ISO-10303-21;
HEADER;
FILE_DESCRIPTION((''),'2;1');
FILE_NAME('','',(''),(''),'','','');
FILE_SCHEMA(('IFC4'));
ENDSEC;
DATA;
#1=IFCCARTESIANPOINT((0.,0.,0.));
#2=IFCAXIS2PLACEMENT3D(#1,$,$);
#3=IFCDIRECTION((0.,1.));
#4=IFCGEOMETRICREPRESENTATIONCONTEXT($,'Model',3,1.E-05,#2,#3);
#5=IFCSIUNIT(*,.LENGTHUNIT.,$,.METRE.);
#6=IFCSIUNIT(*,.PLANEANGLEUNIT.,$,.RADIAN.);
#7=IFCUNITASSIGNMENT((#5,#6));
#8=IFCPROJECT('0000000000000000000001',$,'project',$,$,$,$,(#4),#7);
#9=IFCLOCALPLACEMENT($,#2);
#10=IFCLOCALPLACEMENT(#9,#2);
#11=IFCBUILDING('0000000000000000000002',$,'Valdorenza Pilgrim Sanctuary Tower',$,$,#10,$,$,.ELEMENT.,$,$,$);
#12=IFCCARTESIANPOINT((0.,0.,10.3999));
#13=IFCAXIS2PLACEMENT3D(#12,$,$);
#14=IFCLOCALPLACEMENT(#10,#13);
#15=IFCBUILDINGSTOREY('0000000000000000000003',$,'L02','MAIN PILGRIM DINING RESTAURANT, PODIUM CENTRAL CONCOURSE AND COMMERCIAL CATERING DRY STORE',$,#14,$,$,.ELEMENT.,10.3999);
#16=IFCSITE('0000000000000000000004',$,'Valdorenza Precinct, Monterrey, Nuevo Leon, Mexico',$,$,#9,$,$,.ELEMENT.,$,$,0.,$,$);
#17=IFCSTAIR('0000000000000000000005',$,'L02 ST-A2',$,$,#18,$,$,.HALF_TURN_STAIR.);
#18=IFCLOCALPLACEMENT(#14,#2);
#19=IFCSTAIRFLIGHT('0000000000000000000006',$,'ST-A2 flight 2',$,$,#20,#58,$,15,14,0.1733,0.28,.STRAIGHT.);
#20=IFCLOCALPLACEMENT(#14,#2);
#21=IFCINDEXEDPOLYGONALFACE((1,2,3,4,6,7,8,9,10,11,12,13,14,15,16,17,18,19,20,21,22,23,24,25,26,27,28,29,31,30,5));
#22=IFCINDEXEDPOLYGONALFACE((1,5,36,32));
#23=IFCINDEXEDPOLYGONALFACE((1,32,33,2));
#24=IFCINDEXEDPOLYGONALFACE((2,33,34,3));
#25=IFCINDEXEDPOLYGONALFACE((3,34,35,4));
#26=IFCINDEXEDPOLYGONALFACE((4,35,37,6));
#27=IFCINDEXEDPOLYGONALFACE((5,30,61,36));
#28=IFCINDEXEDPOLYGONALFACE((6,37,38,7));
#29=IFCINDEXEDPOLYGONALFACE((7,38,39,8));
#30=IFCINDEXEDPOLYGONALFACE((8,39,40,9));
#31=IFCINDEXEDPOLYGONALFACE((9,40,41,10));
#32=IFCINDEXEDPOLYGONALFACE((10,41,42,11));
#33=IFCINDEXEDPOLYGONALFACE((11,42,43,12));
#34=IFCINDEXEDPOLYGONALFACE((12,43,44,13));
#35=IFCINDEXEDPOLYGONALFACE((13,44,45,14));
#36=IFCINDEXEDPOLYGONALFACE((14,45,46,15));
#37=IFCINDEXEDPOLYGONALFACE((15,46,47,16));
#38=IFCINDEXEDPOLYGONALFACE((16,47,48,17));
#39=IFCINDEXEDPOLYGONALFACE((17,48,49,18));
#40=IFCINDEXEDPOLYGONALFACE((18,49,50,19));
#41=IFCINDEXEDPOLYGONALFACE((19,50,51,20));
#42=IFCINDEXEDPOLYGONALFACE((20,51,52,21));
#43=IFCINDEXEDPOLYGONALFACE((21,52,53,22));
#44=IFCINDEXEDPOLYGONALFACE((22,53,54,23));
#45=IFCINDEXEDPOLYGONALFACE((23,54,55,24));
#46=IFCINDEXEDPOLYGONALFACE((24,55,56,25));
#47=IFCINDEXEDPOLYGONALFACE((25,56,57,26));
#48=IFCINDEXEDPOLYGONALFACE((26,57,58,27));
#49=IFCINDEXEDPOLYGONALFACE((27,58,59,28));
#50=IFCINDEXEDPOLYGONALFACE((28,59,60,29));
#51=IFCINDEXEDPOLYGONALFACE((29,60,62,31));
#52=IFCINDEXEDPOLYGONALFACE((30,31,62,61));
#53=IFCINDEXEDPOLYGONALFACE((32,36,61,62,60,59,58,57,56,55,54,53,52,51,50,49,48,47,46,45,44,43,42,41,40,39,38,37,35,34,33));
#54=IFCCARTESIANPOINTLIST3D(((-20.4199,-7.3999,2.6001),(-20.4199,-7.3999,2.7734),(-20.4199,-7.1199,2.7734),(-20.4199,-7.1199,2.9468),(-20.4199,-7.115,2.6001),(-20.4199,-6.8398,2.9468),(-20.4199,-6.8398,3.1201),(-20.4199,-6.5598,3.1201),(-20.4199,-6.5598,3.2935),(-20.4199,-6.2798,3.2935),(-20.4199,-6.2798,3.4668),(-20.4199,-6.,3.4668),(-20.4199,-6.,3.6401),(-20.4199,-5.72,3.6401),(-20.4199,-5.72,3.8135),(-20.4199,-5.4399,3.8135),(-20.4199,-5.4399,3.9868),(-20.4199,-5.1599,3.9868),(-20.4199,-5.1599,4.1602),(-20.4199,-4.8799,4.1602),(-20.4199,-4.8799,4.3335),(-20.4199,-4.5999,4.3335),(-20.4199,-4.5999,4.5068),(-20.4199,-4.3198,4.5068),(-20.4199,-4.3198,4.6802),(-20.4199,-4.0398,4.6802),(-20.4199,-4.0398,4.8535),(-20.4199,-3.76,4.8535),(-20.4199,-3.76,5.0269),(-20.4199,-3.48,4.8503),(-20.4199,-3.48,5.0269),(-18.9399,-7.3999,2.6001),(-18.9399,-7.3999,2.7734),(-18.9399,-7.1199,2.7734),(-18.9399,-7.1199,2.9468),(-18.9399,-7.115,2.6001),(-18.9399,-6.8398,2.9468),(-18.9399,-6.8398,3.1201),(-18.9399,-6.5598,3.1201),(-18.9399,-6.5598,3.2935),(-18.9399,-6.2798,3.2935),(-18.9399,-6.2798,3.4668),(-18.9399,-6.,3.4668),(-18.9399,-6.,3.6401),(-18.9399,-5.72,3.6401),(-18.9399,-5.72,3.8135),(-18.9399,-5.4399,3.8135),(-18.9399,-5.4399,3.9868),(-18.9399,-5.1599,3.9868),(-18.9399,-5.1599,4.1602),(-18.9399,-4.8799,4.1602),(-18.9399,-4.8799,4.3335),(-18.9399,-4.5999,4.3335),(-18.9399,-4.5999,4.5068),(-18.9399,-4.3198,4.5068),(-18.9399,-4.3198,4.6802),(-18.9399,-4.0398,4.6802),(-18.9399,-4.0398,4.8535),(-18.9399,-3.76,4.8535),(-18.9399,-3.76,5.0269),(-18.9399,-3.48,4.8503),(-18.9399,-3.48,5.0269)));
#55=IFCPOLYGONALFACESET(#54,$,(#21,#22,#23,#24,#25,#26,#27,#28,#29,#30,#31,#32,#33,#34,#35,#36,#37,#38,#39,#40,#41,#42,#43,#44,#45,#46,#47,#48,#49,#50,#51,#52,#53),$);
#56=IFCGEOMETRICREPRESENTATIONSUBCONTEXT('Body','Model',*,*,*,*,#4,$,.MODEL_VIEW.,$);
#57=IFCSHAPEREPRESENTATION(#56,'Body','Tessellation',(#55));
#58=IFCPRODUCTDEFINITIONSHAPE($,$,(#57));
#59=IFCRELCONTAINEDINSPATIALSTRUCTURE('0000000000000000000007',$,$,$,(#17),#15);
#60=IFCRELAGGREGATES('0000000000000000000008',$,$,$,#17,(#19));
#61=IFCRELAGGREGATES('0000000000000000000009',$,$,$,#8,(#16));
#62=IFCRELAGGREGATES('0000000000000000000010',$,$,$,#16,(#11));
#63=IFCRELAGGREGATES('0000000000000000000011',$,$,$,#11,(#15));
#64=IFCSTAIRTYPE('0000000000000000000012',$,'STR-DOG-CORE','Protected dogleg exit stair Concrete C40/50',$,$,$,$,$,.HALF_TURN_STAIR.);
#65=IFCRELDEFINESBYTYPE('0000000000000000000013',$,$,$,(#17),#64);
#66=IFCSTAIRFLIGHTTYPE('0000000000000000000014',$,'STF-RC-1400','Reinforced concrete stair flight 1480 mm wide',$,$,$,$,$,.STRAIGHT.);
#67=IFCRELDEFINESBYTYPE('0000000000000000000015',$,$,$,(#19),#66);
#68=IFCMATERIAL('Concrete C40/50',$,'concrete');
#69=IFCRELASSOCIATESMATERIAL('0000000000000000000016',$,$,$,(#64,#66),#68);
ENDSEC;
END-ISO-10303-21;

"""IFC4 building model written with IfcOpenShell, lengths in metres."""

from ifc_helpers import new_model, si_unit, direction, frame, origin, place, context, subcontext, project, spatial, polyline, outline, extrude, material, type_object, element, aggregate, save


model = new_model("IFC4")

# Units and contexts
model_context = context("Model", 3, precision=1e-05, world=origin(), true_north=direction((0.0, 1.0)))
body_context = subcontext(model_context, "Body", "Model", "MODEL_VIEW")
ifc_project = project(units=[si_unit("LENGTHUNIT", "METRE"), si_unit("PLANEANGLEUNIT", "RADIAN")], contexts=[model_context])

# Site, building, storey
site_placement = place(None, origin())
site = spatial("IfcSite", under=ifc_project, at=site_placement, Name="Valdorenza Precinct, Monterrey, Nuevo Leon, Mexico", CompositionType="ELEMENT", RefElevation=0.0)
building_placement = place(site_placement, origin())
building = spatial("IfcBuilding", under=site, at=building_placement, Name="Valdorenza Pilgrim Sanctuary Tower", CompositionType="ELEMENT")
storey_placement = place(building_placement, frame((0.0, 0.0, 10.3999)))
storey = spatial("IfcBuildingStorey", under=building, at=storey_placement, Name="L02", Description="MAIN PILGRIM DINING RESTAURANT, PODIUM CENTRAL CONCOURSE AND COMMERCIAL CATERING DRY STORE", CompositionType="ELEMENT", Elevation=10.3999)

# Stair, stair flight
ifc_material_1 = material(Name="Concrete C40/50", Category="concrete")
stair_type = type_object("IfcStairType", Name="STR-DOG-CORE", Description="Protected dogleg exit stair Concrete C40/50", PredefinedType="HALF_TURN_STAIR", material=ifc_material_1)
stair_placement = place(storey_placement, origin())
stair = element("IfcStair", 1, at=stair_placement, inside=storey, type_object=stair_type, Name="L02 ST-A2", PredefinedType="HALF_TURN_STAIR")
stair_flight_type = type_object("IfcStairFlightType", Name="STF-RC-1400", Description="Reinforced concrete stair flight 1480 mm wide", PredefinedType="STRAIGHT", material=ifc_material_1)
stair_flight_placement = place(storey_placement, frame((-19.6799, -7.3999, 2.6001), z_axis=(0.0, 0.0, 1.0), x_axis=(0.0, 1.0, 0.0)))
stair_flight = element("IfcStairFlight", 2, at=stair_flight_placement, type_object=stair_flight_type, Name="ST-A2 flight 2", NumberOfRisers=15, NumberOfTreads=14, PredefinedType="STRAIGHT", RiserHeight=0.1733, TreadLength=0.28, context=body_context, shape_type="SweptSolid", body=[
    extrude(outline(polyline([(0.0, 0.0), (0.0, 0.1733), (0.28, 0.1733), (0.28, 0.3467), (0.5601, 0.3467), (0.5601, 0.52), (0.8401, 0.52), (0.8401, 0.6934), (1.1201, 0.6934), (1.1201, 0.8667), (1.3999, 0.8667), (1.3999, 1.04), (1.6799, 1.04), (1.6799, 1.2134), (1.96, 1.2134), (1.96, 1.3867), (2.24, 1.3867), (2.24, 1.5601), (2.52, 1.5601), (2.52, 1.7334), (2.8, 1.7334), (2.8, 1.9067), (3.0801, 1.9067), (3.0801, 2.0801), (3.3601, 2.0801), (3.3601, 2.2534), (3.6399, 2.2534), (3.6399, 2.4268), (3.9199, 2.4268), (3.9199, 2.6001), (3.9199, 2.2502), (0.2849, 0.0), (0.0, 0.0)])), frame((0.0, 0.74, 0.0), z_axis=(0.0, -1.0, 0.0), x_axis=(1.0, 0.0, 0.0)), (0.0, 0.0, 1.0), 1.48),
])
aggregate(stair, [stair_flight])

save(model, "model.ifc")
